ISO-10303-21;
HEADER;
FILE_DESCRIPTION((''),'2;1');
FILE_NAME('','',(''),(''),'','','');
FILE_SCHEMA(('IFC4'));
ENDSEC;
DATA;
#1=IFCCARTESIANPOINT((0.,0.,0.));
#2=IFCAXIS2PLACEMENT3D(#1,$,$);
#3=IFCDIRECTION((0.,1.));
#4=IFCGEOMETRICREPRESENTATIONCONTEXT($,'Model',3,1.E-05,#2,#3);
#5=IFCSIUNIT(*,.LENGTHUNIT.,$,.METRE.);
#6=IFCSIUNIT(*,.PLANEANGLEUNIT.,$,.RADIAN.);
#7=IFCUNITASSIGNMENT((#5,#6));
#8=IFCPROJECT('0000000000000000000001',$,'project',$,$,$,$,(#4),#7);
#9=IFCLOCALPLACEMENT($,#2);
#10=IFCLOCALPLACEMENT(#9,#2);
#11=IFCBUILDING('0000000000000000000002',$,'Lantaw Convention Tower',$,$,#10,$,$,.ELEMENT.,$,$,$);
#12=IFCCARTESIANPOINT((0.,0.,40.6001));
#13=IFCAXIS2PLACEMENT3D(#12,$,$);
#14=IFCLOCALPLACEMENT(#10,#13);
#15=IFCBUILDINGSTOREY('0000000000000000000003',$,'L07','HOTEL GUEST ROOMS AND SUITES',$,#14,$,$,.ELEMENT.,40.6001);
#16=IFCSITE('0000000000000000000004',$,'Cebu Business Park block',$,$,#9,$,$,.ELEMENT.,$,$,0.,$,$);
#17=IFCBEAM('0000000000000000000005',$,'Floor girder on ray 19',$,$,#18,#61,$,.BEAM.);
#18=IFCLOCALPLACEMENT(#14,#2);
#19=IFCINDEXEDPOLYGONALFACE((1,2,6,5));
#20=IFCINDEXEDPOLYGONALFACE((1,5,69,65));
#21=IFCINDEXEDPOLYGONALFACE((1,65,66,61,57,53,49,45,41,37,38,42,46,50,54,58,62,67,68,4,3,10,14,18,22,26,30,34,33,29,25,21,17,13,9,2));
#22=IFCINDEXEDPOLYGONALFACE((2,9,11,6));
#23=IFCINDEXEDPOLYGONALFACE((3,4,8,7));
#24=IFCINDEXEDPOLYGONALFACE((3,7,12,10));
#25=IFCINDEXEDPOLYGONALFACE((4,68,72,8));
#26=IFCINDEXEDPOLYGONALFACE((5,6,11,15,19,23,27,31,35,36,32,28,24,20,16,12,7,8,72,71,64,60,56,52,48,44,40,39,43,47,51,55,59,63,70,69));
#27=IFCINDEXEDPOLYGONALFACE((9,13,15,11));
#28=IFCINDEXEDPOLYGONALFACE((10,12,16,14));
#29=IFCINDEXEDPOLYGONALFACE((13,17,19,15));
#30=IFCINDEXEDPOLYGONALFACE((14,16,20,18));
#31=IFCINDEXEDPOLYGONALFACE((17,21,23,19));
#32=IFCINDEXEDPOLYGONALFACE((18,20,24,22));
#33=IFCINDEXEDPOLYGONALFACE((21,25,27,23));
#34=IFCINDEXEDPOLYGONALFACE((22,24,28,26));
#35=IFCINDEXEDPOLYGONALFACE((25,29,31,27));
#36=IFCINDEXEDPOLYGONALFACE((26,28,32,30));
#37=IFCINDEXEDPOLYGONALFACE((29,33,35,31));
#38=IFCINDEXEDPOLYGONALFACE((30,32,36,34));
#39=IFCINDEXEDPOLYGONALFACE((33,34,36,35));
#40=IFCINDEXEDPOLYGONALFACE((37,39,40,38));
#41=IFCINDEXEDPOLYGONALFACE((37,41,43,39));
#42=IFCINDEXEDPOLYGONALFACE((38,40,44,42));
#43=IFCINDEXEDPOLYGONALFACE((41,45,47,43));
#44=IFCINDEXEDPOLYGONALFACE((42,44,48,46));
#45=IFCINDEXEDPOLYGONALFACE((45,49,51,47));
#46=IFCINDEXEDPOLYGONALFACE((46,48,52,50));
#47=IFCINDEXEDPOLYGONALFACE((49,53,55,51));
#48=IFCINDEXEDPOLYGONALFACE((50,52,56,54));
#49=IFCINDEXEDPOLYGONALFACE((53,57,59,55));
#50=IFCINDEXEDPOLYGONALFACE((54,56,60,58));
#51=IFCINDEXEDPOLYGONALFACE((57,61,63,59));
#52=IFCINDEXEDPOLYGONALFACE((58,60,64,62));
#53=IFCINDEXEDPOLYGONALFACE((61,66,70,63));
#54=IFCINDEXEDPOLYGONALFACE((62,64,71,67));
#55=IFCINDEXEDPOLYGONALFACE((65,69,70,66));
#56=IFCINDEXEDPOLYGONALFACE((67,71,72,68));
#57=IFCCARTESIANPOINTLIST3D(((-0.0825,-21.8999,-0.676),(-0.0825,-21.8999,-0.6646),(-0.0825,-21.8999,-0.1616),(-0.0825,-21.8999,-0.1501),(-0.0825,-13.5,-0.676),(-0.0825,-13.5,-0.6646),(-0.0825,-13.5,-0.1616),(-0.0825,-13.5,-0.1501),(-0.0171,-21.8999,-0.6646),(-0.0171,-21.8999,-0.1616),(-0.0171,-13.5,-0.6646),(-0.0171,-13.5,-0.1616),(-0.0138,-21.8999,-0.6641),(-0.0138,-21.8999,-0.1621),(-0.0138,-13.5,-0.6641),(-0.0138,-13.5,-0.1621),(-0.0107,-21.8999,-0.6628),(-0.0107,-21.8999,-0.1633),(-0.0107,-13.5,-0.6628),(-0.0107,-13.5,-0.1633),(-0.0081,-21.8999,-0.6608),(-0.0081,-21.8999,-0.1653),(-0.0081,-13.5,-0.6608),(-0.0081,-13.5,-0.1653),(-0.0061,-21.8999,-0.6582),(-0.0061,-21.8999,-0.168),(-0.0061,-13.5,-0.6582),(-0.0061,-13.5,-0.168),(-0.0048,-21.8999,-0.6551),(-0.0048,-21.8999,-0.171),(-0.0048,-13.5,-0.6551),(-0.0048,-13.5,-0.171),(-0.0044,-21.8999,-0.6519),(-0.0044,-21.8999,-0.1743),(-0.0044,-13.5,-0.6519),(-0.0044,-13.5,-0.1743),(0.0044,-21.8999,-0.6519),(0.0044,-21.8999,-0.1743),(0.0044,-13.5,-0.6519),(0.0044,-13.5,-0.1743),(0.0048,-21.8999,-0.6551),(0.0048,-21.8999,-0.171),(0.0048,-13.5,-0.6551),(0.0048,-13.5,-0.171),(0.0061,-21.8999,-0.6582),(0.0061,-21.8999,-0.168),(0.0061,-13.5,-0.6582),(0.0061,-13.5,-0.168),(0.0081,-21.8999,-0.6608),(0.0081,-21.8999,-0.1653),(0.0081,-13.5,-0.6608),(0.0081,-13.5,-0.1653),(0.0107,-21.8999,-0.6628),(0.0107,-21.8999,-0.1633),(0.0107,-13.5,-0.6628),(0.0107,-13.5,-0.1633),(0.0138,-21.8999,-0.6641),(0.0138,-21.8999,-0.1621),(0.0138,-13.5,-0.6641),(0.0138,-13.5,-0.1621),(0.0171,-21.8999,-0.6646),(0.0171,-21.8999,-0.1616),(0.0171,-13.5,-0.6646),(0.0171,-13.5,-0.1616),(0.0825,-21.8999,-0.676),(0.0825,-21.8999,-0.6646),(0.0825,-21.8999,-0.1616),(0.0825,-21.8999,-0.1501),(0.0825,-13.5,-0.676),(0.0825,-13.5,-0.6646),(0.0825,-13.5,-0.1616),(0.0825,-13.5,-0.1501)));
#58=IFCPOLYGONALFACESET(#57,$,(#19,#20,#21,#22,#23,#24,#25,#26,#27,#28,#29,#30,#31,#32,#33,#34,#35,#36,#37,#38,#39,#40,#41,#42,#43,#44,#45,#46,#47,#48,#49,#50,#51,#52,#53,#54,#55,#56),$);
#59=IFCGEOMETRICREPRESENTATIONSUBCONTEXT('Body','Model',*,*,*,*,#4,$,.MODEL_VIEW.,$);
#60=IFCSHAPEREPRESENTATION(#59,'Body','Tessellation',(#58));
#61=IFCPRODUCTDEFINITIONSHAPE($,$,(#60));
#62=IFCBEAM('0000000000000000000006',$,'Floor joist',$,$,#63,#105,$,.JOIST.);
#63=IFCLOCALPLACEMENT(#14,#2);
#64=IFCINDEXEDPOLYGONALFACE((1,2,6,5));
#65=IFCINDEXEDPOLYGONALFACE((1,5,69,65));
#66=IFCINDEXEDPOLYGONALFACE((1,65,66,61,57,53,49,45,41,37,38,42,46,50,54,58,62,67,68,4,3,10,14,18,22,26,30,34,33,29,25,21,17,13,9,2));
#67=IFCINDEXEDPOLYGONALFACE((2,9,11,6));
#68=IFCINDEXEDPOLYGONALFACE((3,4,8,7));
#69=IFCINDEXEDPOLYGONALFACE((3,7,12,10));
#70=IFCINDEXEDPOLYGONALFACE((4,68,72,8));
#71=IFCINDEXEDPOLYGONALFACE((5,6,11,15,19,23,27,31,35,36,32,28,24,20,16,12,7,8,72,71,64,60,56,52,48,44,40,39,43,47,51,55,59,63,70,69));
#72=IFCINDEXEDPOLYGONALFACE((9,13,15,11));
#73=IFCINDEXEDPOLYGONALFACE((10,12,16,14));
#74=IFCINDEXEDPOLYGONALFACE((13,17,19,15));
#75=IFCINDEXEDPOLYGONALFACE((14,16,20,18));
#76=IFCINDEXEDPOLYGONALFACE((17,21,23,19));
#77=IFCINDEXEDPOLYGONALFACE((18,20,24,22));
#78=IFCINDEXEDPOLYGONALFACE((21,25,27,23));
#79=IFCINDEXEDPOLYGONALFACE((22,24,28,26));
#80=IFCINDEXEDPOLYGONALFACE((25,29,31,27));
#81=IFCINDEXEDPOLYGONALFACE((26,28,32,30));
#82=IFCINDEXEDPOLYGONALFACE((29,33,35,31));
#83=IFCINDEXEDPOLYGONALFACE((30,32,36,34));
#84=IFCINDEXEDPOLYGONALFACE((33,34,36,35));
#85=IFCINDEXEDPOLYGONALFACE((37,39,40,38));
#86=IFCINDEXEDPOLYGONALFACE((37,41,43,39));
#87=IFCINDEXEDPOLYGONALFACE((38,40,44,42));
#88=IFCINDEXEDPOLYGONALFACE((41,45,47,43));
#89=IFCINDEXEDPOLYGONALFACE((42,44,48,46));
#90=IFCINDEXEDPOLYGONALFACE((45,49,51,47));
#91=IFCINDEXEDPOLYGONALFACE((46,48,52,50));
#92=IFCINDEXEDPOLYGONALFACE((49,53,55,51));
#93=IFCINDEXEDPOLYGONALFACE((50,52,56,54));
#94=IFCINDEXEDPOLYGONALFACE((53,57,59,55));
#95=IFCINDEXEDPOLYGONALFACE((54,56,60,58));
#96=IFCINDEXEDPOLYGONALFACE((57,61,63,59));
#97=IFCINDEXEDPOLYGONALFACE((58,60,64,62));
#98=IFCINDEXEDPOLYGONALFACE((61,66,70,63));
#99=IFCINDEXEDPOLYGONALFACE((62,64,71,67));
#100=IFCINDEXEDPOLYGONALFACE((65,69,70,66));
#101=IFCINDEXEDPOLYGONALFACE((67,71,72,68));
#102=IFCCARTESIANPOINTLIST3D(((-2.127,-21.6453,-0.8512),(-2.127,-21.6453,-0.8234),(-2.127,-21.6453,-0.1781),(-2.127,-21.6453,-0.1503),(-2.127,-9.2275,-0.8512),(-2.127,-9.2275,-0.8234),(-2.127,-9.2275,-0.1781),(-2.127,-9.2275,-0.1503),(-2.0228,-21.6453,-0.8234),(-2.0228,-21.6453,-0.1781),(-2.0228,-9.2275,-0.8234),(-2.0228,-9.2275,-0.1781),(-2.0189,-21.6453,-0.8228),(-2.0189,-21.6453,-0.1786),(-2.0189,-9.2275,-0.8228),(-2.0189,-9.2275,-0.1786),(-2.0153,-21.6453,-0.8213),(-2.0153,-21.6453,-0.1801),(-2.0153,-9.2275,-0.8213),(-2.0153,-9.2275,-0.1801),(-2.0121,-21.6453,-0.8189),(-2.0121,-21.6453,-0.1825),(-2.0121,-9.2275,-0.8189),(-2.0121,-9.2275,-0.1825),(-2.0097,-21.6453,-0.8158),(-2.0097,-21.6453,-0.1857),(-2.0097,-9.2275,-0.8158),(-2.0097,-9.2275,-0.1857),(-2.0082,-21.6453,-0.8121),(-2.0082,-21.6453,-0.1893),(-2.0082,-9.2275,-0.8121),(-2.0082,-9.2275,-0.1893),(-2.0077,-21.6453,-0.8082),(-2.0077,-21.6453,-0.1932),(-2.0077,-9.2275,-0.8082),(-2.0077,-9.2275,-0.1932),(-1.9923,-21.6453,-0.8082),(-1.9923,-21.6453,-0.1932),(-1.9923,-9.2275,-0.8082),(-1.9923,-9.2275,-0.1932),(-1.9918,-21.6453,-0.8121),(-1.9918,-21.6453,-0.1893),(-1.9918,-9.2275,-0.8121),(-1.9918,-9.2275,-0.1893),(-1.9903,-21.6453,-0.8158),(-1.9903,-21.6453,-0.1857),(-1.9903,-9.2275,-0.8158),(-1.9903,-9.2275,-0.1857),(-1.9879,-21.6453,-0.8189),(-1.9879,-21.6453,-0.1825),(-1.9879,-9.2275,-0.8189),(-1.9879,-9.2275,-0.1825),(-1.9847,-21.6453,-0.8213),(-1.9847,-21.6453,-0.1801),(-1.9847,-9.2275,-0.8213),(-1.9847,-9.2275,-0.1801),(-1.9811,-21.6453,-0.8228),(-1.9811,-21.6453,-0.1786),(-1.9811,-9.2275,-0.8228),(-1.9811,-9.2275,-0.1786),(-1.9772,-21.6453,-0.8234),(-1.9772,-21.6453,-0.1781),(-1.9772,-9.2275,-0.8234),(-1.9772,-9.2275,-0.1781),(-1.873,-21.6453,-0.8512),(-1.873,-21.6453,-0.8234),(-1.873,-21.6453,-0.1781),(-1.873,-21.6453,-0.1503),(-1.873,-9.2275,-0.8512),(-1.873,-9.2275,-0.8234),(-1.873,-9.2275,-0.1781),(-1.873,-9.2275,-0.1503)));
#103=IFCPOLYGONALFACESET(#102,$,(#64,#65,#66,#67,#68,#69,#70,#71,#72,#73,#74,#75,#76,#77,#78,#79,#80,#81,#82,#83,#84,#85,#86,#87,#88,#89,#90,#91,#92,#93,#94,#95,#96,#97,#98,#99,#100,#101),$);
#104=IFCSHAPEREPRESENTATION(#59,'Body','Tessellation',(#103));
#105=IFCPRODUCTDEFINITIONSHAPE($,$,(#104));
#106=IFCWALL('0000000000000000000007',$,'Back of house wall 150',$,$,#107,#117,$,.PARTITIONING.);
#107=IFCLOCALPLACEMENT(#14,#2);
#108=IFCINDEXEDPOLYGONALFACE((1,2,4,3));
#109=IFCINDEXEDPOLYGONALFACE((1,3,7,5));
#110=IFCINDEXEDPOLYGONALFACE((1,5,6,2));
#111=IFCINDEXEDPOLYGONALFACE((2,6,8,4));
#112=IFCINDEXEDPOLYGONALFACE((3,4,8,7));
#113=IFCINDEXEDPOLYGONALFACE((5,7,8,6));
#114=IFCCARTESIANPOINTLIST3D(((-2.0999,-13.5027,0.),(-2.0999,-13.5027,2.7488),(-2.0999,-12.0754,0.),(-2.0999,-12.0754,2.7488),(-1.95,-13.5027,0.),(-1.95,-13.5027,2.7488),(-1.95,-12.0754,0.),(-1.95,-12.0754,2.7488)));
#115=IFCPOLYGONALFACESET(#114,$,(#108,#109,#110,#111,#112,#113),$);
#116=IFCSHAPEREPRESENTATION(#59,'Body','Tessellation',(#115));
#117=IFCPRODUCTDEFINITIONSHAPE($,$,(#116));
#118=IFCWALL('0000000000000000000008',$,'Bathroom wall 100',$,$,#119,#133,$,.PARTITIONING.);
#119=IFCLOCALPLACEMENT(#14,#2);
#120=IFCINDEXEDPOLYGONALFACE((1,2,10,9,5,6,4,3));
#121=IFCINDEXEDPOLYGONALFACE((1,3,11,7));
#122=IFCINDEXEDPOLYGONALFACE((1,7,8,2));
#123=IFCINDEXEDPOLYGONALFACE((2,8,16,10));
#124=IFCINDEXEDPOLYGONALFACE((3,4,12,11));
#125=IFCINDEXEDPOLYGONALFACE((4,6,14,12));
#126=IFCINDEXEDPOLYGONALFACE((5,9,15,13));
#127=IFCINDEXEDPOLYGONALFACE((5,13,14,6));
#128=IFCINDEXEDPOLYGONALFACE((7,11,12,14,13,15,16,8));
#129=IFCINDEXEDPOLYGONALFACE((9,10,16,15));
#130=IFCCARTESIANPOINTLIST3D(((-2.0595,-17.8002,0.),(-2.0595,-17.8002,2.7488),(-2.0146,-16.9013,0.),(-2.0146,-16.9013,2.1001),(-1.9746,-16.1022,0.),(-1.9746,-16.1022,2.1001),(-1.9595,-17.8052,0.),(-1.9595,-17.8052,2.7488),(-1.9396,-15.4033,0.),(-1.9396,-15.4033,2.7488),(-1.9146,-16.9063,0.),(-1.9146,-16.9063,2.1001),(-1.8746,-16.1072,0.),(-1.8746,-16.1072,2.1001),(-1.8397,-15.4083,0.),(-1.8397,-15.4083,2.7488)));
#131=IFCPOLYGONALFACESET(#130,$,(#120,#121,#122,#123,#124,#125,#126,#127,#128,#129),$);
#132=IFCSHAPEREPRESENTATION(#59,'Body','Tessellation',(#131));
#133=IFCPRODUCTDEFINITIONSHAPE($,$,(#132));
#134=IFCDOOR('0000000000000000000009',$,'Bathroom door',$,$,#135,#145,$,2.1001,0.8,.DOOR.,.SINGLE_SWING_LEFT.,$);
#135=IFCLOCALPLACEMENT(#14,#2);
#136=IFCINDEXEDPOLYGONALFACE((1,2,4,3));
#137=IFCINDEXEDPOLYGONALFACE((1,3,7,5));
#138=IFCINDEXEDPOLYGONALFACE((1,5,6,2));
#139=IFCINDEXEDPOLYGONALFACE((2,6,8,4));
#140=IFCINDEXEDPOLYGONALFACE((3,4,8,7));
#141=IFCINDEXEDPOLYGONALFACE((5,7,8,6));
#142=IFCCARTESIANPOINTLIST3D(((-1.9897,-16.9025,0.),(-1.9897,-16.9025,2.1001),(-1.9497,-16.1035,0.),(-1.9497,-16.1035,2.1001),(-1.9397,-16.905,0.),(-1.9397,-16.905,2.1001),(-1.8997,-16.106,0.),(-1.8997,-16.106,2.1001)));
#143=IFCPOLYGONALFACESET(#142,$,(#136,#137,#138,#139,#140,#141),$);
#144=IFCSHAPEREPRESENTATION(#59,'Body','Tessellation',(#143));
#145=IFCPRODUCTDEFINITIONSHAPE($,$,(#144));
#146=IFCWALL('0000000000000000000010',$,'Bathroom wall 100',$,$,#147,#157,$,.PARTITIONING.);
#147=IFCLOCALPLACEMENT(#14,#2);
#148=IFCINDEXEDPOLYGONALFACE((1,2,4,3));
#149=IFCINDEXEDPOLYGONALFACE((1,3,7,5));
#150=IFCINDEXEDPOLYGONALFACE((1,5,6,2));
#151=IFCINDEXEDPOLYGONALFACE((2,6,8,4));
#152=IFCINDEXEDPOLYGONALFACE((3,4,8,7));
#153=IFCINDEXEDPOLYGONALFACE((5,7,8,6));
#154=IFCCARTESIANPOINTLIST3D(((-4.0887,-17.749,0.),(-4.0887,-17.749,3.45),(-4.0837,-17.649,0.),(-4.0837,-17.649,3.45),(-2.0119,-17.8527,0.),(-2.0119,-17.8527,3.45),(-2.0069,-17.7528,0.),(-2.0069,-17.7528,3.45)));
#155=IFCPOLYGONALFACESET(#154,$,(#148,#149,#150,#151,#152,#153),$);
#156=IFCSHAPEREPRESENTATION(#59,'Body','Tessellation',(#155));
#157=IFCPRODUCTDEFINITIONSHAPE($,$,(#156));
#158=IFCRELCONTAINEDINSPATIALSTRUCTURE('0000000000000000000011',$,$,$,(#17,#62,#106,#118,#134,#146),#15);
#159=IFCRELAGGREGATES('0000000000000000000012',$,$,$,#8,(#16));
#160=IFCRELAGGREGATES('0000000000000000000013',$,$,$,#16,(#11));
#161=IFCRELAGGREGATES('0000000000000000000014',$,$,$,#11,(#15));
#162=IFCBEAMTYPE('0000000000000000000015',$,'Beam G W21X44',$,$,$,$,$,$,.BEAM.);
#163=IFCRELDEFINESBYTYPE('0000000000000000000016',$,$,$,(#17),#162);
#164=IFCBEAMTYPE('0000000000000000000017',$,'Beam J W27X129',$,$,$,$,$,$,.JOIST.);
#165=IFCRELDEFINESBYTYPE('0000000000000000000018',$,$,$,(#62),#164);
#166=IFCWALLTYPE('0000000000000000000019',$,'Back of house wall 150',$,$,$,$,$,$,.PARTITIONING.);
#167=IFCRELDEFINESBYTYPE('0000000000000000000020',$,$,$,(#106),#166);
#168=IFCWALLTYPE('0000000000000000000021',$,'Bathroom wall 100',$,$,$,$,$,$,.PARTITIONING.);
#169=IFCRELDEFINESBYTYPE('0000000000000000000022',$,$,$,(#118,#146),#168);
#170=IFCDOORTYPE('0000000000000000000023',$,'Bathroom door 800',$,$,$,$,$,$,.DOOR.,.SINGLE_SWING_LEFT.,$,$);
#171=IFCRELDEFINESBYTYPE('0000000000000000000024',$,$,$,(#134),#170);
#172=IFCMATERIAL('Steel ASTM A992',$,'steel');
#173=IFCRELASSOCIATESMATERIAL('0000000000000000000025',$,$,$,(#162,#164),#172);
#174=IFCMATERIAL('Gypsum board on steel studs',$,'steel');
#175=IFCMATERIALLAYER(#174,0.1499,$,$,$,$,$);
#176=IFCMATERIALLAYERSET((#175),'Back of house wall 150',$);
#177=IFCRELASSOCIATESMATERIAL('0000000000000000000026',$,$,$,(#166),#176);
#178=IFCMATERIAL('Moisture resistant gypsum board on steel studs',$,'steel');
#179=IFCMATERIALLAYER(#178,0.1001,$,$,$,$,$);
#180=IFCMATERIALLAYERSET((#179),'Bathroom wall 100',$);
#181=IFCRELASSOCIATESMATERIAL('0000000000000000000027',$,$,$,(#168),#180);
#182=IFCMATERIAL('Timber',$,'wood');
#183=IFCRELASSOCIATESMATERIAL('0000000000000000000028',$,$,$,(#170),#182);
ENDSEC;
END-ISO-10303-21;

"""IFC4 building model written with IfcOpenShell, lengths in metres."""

from ifc_helpers import new_model, si_unit, direction, frame, frame_2d, origin, origin_2d, place, context, subcontext, project, spatial, rectangle, i_section, extrude, material, layer, layer_set, material_profile, profile_set, type_object, element, fill, save


model = new_model("IFC4")

# Units and contexts
model_context = context("Model", 3, precision=1e-05, world=origin(), true_north=direction((0.0, 1.0)))
body_context = subcontext(model_context, "Body", "Model", "MODEL_VIEW")
ifc_project = project(units=[si_unit("LENGTHUNIT", "METRE"), si_unit("PLANEANGLEUNIT", "RADIAN")], contexts=[model_context])

# Site, building, storey
site_placement = place(None, origin())
site = spatial("IfcSite", under=ifc_project, at=site_placement, Name="Cebu Business Park block", CompositionType="ELEMENT", RefElevation=0.0)
building_placement = place(site_placement, origin())
building = spatial("IfcBuilding", under=site, at=building_placement, Name="Lantaw Convention Tower", CompositionType="ELEMENT")
storey_placement = place(building_placement, frame((0.0, 0.0, 40.6001)))
storey = spatial("IfcBuildingStorey", under=building, at=storey_placement, Name="L07", Description="HOTEL GUEST ROOMS AND SUITES", CompositionType="ELEMENT", Elevation=40.6001)

# Beams
ifc_material_1 = material(Name="Steel ASTM A992", Category="steel")
ifc_material_profile_1 = material_profile(ifc_material_1, i_section(OverallWidth=0.165, OverallDepth=0.5259, WebThickness=0.0088, FlangeThickness=0.0115, FilletRadius=0.0127, at=origin_2d()), Name="W21X44")
ifc_profile_set_1 = profile_set([ifc_material_profile_1], Name="Steel ASTM A992")
beam_type_1 = type_object("IfcBeamType", Name="Beam G W21X44", PredefinedType="BEAM", material=ifc_profile_set_1)
beam_1_placement = place(storey_placement, frame((0.0, -13.5, -0.4131), z_axis=(0.0, -1.0, 0.0), x_axis=(1.0, 0.0, 0.0)))
element("IfcBeam", 1, at=beam_1_placement, inside=storey, type_object=beam_type_1, Name="Floor girder on ray 19", PredefinedType="BEAM", context=body_context, shape_type="SweptSolid", body=[
    extrude(i_section(OverallWidth=0.165, OverallDepth=0.5259, WebThickness=0.0088, FlangeThickness=0.0115, FilletRadius=0.0127, at=origin_2d()), origin(), (0.0, 0.0, 1.0), 8.3999),
])
ifc_material_profile_2 = material_profile(ifc_material_1, i_section(OverallWidth=0.2539, OverallDepth=0.7009, WebThickness=0.0154, FlangeThickness=0.0278, FilletRadius=0.0151, at=origin_2d()), Name="W27X129")
ifc_profile_set_2 = profile_set([ifc_material_profile_2], Name="Steel ASTM A992")
beam_type_2 = type_object("IfcBeamType", Name="Beam J W27X129", PredefinedType="JOIST", material=ifc_profile_set_2)
beam_2_placement = place(storey_placement, frame((-2.0, -21.6453, -0.5007), z_axis=(0.0, 1.0, 0.0), x_axis=(-1.0, 0.0, 0.0)))
element("IfcBeam", 2, at=beam_2_placement, inside=storey, type_object=beam_type_2, Name="Floor joist", PredefinedType="JOIST", context=body_context, shape_type="SweptSolid", body=[
    extrude(i_section(OverallWidth=0.2539, OverallDepth=0.7009, WebThickness=0.0154, FlangeThickness=0.0278, FilletRadius=0.0151, at=origin_2d()), origin(), (0.0, 0.0, 1.0), 12.4177),
])

# Wall
ifc_material_2 = material(Name="Gypsum board on steel studs", Category="steel")
ifc_layer_1 = layer(ifc_material_2, 0.1499)
ifc_layer_set_1 = layer_set([ifc_layer_1], Name="Back of house wall 150")
wall_type_1 = type_object("IfcWallType", Name="Back of house wall 150", PredefinedType="PARTITIONING", material=ifc_layer_set_1)
wall_1_placement = place(storey_placement, frame((-2.0249, -13.5027, 0.0), z_axis=(0.0, 0.0, 1.0), x_axis=(0.0, 1.0, 0.0)))
element("IfcWall", 3, at=wall_1_placement, inside=storey, type_object=wall_type_1, Name="Back of house wall 150", PredefinedType="PARTITIONING", context=body_context, shape_type="SweptSolid", body=[
    extrude(rectangle(XDim=1.4272, YDim=0.1499, at=frame_2d((0.7136, 0.0))), origin(), (0.0, 0.0, 1.0), 2.7488),
])

# Wall, opening, door
ifc_material_3 = material(Name="Moisture resistant gypsum board on steel studs", Category="steel")
ifc_layer_2 = layer(ifc_material_3, 0.1001)
ifc_layer_set_2 = layer_set([ifc_layer_2], Name="Bathroom wall 100")
wall_type_2 = type_object("IfcWallType", Name="Bathroom wall 100", PredefinedType="PARTITIONING", material=ifc_layer_set_2)
wall_2_placement = place(storey_placement, frame((-1.8896, -15.4058, 0.0), z_axis=(0.0, 0.0, 1.0), x_axis=(-0.049948, -0.998752, 0.0)))
wall_2 = element("IfcWall", 4, at=wall_2_placement, inside=storey, type_object=wall_type_2, Name="Bathroom wall 100", PredefinedType="PARTITIONING", context=body_context, shape_type="SweptSolid", body=[
    extrude(rectangle(XDim=2.3999, YDim=0.1001, at=frame_2d((1.2, 0.0))), origin(), (0.0, 0.0, 1.0), 2.7488),
])
opening_1_placement = place(wall_2_placement, frame((0.7, 0.0, 0.0)))
opening_1 = element("IfcOpeningElement", 5, at=opening_1_placement, cuts=wall_2, PredefinedType="OPENING", context=body_context, shape_type="SweptSolid", body=[
    extrude(rectangle(XDim=0.8, YDim=2.1001, at=frame_2d((0.3999, 1.05))), frame((0.0, 0.0601, 0.0), z_axis=(0.0, -1.0, 0.0), x_axis=(1.0, 0.0, 0.0)), (0.0, 0.0, 1.0), 0.1201),
])
ifc_material_4 = material(Name="Timber", Category="wood")
door_type_1 = type_object("IfcDoorType", Name="Bathroom door 800", OperationType="SINGLE_SWING_LEFT", PredefinedType="DOOR", material=ifc_material_4)
door_1_placement = place(opening_1_placement, origin())
door_1 = element("IfcDoor", 6, at=door_1_placement, inside=storey, type_object=door_type_1, Name="Bathroom door", OperationType="SINGLE_SWING_LEFT", OverallHeight=2.1001, OverallWidth=0.8, PredefinedType="DOOR", context=body_context, shape_type="SweptSolid", body=[
    extrude(rectangle(XDim=0.8, YDim=2.1001, at=frame_2d((0.3999, 1.05))), frame((0.0, 0.0249, 0.0), z_axis=(0.0, -1.0, 0.0), x_axis=(1.0, 0.0, 0.0)), (0.0, 0.0, 1.0), 0.05),
])
fill(opening_1, door_1)

# Wall
wall_3_placement = place(storey_placement, frame((-2.0095, -17.8027, 0.0), z_axis=(0.0, 0.0, 1.0), x_axis=(-0.998754, 0.049902, 0.0)))
element("IfcWall", 7, at=wall_3_placement, inside=storey, type_object=wall_type_2, Name="Bathroom wall 100", PredefinedType="PARTITIONING", context=body_context, shape_type="SweptSolid", body=[
    extrude(rectangle(XDim=2.0793, YDim=0.1001, at=frame_2d((1.0396, 0.0))), origin(), (0.0, 0.0, 1.0), 3.45),
])

save(model, "model.ifc")
